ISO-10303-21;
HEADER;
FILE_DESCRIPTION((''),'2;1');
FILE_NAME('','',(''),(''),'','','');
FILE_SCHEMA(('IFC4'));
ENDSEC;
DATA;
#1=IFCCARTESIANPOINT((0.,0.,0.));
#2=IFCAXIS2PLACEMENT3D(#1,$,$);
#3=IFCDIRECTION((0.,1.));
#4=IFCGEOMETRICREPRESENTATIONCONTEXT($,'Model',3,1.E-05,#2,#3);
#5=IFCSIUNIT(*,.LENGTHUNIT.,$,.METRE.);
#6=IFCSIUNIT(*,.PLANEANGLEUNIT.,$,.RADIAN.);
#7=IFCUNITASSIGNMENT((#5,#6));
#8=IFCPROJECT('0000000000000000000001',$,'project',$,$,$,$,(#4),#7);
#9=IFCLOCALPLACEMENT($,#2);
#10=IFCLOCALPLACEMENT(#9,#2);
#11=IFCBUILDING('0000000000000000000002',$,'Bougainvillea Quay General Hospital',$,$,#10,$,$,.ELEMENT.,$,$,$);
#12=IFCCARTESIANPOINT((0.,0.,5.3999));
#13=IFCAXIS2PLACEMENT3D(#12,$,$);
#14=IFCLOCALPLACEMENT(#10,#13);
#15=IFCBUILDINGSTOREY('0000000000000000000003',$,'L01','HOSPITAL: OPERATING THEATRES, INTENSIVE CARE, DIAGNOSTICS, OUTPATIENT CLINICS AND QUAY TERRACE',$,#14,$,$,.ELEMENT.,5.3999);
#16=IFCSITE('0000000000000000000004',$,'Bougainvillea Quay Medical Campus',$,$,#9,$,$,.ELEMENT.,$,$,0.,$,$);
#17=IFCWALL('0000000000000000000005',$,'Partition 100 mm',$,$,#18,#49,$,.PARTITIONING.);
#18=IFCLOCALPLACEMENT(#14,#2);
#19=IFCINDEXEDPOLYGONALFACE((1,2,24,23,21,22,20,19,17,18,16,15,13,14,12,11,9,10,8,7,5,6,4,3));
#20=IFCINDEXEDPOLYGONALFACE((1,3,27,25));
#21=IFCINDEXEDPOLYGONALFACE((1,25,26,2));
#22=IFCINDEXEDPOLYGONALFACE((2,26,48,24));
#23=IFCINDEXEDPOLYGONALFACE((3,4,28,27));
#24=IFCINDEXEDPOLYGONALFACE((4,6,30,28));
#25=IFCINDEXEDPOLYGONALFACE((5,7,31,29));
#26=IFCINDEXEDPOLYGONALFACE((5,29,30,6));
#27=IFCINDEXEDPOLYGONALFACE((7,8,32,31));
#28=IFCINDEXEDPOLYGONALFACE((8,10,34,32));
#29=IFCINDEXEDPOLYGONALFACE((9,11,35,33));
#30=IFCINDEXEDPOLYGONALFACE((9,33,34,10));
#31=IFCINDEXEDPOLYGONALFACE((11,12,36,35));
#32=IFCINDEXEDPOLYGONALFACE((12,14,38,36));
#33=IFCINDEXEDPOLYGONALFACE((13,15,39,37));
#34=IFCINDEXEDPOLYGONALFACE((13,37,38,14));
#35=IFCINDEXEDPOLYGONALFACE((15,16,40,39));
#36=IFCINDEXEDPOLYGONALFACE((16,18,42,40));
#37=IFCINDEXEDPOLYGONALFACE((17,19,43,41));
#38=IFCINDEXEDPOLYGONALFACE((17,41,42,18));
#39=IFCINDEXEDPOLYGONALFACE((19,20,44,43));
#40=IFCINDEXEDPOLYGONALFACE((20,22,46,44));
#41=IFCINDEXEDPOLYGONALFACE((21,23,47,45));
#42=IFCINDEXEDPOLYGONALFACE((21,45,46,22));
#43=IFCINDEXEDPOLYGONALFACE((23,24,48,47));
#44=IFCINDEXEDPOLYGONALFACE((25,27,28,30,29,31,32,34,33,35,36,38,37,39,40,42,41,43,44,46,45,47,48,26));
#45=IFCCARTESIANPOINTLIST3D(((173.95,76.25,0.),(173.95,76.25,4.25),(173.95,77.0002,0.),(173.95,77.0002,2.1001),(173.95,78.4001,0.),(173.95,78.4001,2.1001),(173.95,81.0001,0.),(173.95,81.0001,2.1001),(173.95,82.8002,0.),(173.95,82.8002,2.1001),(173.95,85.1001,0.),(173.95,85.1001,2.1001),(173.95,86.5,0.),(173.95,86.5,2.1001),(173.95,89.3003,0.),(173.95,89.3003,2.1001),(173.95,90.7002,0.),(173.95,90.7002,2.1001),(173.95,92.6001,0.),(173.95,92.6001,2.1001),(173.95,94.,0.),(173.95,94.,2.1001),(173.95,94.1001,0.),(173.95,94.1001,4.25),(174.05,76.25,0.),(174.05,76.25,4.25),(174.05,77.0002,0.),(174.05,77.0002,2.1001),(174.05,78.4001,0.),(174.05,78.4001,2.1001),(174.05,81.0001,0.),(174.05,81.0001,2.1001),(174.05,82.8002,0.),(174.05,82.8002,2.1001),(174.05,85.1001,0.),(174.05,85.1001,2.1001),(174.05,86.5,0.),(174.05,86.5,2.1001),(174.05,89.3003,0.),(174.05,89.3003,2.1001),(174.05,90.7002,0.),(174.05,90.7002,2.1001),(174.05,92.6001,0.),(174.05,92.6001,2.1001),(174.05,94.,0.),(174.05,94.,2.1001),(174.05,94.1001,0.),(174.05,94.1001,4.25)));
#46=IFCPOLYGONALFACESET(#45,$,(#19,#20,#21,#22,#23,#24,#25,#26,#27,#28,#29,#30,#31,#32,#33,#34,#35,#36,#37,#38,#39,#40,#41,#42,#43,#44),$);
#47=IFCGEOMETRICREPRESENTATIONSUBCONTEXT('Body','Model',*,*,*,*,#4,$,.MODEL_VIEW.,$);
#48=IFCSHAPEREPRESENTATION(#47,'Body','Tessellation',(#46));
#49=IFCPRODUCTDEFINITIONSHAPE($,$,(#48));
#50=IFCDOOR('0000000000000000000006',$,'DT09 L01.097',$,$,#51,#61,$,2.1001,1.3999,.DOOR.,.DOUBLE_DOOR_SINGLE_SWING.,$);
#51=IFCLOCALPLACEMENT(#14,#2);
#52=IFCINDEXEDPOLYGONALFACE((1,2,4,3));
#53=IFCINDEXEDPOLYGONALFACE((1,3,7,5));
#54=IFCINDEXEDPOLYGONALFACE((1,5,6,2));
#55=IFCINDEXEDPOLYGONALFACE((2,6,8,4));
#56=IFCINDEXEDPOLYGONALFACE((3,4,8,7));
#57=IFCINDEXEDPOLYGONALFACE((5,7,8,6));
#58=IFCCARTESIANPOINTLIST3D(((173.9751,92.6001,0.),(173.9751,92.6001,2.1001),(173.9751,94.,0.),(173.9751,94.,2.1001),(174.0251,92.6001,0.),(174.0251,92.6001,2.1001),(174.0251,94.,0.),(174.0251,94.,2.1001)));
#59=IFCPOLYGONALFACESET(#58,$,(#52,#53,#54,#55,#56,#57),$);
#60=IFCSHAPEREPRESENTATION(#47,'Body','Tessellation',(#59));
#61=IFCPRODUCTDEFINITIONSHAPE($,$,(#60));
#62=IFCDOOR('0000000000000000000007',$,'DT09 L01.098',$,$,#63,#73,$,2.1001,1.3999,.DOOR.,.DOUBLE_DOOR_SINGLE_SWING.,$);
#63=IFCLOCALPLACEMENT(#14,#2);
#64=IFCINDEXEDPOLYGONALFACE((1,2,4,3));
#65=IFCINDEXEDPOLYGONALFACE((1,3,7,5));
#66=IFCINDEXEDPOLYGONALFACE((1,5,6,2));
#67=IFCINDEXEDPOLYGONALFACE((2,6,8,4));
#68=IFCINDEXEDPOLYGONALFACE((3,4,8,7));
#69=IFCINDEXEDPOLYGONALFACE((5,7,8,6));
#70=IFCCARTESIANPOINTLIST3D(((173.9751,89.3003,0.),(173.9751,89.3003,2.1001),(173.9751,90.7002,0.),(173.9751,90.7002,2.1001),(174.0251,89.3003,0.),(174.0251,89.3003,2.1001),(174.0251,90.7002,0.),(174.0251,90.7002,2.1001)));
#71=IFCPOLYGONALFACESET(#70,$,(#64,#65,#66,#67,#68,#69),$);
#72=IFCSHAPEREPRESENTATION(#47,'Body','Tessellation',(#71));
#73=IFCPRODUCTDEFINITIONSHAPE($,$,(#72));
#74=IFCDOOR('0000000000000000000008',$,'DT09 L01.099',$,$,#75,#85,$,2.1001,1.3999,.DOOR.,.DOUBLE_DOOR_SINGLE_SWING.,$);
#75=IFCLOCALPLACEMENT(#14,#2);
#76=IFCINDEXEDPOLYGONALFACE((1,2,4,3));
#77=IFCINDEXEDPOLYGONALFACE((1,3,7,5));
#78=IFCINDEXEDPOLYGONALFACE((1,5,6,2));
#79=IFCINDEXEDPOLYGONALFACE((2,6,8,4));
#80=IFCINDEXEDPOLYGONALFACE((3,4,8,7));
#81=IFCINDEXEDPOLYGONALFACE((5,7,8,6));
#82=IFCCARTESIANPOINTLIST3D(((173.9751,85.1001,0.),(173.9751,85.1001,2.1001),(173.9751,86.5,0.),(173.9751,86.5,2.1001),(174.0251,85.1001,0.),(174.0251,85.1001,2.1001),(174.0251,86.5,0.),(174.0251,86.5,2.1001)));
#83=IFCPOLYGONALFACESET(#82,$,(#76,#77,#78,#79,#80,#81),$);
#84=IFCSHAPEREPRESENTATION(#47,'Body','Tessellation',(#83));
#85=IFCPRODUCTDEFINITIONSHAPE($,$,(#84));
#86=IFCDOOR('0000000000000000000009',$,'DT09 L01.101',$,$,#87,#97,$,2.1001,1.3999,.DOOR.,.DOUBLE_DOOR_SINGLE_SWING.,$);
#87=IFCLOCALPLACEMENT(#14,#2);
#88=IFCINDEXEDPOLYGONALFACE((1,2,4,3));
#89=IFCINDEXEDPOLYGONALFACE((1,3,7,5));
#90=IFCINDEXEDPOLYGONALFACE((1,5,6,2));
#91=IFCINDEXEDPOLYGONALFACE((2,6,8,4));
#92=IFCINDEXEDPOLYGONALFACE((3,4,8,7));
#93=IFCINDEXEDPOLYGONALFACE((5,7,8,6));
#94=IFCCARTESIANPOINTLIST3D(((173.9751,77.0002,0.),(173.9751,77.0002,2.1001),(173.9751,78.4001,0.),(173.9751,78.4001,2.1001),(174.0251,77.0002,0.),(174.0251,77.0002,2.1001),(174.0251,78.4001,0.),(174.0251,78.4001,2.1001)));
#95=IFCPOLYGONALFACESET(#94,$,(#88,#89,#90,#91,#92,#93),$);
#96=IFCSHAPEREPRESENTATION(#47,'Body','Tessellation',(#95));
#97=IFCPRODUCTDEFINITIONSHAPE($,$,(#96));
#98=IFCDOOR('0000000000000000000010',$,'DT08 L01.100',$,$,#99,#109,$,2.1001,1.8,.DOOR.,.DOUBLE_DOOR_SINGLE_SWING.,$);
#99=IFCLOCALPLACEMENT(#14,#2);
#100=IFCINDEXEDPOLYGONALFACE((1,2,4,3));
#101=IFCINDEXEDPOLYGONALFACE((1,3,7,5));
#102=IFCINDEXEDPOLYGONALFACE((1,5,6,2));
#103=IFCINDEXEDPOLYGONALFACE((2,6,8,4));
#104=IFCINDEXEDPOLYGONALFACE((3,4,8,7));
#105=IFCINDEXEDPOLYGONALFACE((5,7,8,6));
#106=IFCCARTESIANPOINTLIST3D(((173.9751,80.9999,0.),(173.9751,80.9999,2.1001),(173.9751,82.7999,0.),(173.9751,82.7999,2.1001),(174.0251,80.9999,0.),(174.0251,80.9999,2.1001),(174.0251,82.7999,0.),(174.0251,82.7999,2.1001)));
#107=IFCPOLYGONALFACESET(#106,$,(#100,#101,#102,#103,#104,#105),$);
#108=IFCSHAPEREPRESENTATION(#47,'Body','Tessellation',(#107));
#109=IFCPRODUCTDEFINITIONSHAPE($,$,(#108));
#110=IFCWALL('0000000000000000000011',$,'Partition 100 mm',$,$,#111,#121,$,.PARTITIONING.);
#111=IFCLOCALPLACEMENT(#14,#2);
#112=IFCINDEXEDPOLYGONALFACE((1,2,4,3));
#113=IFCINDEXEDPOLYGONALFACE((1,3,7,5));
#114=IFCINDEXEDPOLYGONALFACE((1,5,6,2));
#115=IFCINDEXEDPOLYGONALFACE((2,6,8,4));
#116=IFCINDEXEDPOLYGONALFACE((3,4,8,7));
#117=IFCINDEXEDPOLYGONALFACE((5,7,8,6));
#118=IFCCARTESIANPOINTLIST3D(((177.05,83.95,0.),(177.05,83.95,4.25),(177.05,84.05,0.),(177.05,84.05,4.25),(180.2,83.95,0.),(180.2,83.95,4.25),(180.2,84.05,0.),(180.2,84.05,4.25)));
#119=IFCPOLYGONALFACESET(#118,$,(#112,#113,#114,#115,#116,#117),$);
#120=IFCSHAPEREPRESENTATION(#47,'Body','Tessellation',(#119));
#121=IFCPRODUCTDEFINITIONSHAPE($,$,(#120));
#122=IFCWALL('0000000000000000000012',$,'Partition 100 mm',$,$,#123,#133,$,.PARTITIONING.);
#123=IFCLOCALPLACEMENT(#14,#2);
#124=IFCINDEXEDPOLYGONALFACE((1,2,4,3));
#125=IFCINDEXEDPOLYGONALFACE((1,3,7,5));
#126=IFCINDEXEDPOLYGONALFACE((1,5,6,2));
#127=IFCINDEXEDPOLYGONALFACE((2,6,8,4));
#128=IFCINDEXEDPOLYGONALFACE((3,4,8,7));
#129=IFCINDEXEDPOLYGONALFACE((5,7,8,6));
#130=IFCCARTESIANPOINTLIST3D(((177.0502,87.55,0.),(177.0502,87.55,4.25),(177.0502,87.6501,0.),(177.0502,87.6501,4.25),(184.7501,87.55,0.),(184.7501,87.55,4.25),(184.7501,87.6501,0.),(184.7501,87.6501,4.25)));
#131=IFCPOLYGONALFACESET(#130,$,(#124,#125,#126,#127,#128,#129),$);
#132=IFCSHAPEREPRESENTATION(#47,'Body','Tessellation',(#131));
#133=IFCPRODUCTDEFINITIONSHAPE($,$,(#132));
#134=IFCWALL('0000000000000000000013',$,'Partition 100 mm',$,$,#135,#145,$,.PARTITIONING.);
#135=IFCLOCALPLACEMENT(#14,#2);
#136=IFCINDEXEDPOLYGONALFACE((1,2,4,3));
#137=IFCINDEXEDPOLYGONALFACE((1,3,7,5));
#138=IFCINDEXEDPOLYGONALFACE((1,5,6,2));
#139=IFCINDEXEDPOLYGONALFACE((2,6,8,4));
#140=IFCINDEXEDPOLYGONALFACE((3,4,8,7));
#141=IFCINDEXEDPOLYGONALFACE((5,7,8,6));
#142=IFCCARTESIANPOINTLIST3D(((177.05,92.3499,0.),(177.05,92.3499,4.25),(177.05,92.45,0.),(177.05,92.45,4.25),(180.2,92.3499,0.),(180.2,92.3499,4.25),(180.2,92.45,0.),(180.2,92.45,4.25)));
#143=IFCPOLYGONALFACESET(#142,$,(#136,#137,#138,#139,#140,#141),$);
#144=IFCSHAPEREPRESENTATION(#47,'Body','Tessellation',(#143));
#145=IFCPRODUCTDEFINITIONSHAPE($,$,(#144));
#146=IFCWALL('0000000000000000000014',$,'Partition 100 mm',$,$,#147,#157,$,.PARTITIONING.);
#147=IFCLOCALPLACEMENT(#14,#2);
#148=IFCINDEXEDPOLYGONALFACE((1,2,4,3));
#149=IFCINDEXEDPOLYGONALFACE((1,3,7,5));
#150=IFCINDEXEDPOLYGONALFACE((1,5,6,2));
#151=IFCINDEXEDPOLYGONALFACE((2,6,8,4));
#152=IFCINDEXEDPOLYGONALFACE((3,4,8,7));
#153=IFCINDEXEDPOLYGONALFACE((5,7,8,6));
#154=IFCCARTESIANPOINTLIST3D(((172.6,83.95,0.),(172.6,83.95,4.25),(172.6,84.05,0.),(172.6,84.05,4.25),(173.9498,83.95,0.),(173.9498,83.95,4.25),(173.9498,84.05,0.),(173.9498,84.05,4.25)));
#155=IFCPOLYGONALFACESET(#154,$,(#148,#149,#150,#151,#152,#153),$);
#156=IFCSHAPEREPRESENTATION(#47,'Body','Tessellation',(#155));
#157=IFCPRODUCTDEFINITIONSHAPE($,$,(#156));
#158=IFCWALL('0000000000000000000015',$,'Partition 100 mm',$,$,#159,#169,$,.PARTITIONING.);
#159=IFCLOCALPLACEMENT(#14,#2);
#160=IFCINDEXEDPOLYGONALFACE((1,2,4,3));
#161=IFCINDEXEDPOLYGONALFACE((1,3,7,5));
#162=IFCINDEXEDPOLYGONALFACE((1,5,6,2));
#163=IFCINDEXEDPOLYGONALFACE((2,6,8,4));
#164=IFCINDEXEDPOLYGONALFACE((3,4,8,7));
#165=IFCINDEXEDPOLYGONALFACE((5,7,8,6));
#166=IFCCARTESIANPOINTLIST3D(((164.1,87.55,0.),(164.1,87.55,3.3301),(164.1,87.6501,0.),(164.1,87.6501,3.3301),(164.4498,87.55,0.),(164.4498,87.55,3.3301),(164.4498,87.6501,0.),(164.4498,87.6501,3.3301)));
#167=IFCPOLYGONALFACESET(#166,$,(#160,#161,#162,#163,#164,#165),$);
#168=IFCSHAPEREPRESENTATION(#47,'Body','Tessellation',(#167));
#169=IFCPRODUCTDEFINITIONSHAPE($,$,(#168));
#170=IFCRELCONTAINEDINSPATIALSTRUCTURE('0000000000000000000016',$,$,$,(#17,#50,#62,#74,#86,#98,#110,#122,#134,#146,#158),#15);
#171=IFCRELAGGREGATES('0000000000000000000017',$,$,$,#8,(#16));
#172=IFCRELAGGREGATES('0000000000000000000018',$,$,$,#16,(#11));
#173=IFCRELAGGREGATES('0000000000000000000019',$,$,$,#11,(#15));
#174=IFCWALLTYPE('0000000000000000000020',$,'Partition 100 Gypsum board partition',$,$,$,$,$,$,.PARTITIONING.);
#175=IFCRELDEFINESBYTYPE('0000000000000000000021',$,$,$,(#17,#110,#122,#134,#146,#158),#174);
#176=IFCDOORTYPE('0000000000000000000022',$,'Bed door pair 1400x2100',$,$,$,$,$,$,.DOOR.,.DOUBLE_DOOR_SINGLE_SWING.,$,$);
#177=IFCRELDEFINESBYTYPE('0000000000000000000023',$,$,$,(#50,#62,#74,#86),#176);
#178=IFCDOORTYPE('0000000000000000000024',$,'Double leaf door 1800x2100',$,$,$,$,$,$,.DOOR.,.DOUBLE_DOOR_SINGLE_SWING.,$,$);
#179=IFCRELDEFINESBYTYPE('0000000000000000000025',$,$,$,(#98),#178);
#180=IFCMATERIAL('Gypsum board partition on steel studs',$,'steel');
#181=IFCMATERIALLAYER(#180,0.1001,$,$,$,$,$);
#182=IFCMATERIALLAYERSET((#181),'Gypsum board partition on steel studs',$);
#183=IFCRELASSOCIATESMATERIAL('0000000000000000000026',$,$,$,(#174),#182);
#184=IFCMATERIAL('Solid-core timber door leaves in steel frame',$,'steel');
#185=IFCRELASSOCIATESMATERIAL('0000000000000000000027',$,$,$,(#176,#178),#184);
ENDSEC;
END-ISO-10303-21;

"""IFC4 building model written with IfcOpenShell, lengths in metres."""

from ifc_helpers import new_model, si_unit, direction, frame, frame_2d, origin, place, context, subcontext, project, spatial, rectangle, extrude, material, layer, layer_set, type_object, element, fill, save


model = new_model("IFC4")

# Units and contexts
model_context = context("Model", 3, precision=1e-05, world=origin(), true_north=direction((0.0, 1.0)))
body_context = subcontext(model_context, "Body", "Model", "MODEL_VIEW")
ifc_project = project(units=[si_unit("LENGTHUNIT", "METRE"), si_unit("PLANEANGLEUNIT", "RADIAN")], contexts=[model_context])

# Site, building, storey
site_placement = place(None, origin())
site = spatial("IfcSite", under=ifc_project, at=site_placement, Name="Bougainvillea Quay Medical Campus", CompositionType="ELEMENT", RefElevation=0.0)
building_placement = place(site_placement, origin())
building = spatial("IfcBuilding", under=site, at=building_placement, Name="Bougainvillea Quay General Hospital", CompositionType="ELEMENT")
storey_placement = place(building_placement, frame((0.0, 0.0, 5.3999)))
storey = spatial("IfcBuildingStorey", under=building, at=storey_placement, Name="L01", Description="HOSPITAL: OPERATING THEATRES, INTENSIVE CARE, DIAGNOSTICS, OUTPATIENT CLINICS AND QUAY TERRACE", CompositionType="ELEMENT", Elevation=5.3999)

# Wall, openings, doors
ifc_material_1 = material(Name="Gypsum board partition on steel studs", Category="steel")
ifc_layer_1 = layer(ifc_material_1, 0.1001)
ifc_layer_set_1 = layer_set([ifc_layer_1], Name="Gypsum board partition on steel studs")
wall_type_1 = type_object("IfcWallType", Name="Partition 100 Gypsum board partition", PredefinedType="PARTITIONING", material=ifc_layer_set_1)
wall_1_placement = place(storey_placement, frame((174.0, 94.1001, 0.0), z_axis=(0.0, 0.0, 1.0), x_axis=(0.0, -1.0, 0.0)))
wall_1 = element("IfcWall", 1, at=wall_1_placement, inside=storey, type_object=wall_type_1, Name="Partition 100 mm", PredefinedType="PARTITIONING", context=body_context, shape_type="SweptSolid", body=[
    extrude(rectangle(XDim=17.8501, YDim=0.1001, at=frame_2d((8.925, 0.0))), origin(), (0.0, 0.0, 1.0), 4.25),
])
opening_1_placement = place(wall_1_placement, frame((0.1001, 0.0, 0.0)))
opening_1 = element("IfcOpeningElement", 2, at=opening_1_placement, cuts=wall_1, PredefinedType="OPENING", context=body_context, shape_type="SweptSolid", body=[
    extrude(rectangle(XDim=1.3999, YDim=2.1001, at=frame_2d((0.7, 1.05))), frame((0.0, 0.0601, 0.0), z_axis=(0.0, -1.0, 0.0), x_axis=(1.0, 0.0, 0.0)), (0.0, 0.0, 1.0), 0.1201),
])
opening_2_placement = place(wall_1_placement, frame((3.3999, 0.0, 0.0)))
opening_2 = element("IfcOpeningElement", 3, at=opening_2_placement, cuts=wall_1, PredefinedType="OPENING", context=body_context, shape_type="SweptSolid", body=[
    extrude(rectangle(XDim=1.3999, YDim=2.1001, at=frame_2d((0.7, 1.05))), frame((0.0, 0.0601, 0.0), z_axis=(0.0, -1.0, 0.0), x_axis=(1.0, 0.0, 0.0)), (0.0, 0.0, 1.0), 0.1201),
])
opening_3_placement = place(wall_1_placement, frame((7.6001, 0.0, 0.0)))
opening_3 = element("IfcOpeningElement", 4, at=opening_3_placement, cuts=wall_1, PredefinedType="OPENING", context=body_context, shape_type="SweptSolid", body=[
    extrude(rectangle(XDim=1.3999, YDim=2.1001, at=frame_2d((0.7, 1.05))), frame((0.0, 0.0601, 0.0), z_axis=(0.0, -1.0, 0.0), x_axis=(1.0, 0.0, 0.0)), (0.0, 0.0, 1.0), 0.1201),
])
opening_4_placement = place(wall_1_placement, frame((11.3, 0.0, 0.0)))
opening_4 = element("IfcOpeningElement", 5, at=opening_4_placement, cuts=wall_1, PredefinedType="OPENING", context=body_context, shape_type="SweptSolid", body=[
    extrude(rectangle(XDim=1.8, YDim=2.1001, at=frame_2d((0.8999, 1.05))), frame((0.0, 0.0601, 0.0), z_axis=(0.0, -1.0, 0.0), x_axis=(1.0, 0.0, 0.0)), (0.0, 0.0, 1.0), 0.1201),
])
opening_5_placement = place(wall_1_placement, frame((15.7, 0.0, 0.0)))
opening_5 = element("IfcOpeningElement", 6, at=opening_5_placement, cuts=wall_1, PredefinedType="OPENING", context=body_context, shape_type="SweptSolid", body=[
    extrude(rectangle(XDim=1.3999, YDim=2.1001, at=frame_2d((0.7, 1.05))), frame((0.0, 0.0601, 0.0), z_axis=(0.0, -1.0, 0.0), x_axis=(1.0, 0.0, 0.0)), (0.0, 0.0, 1.0), 0.1201),
])
ifc_material_2 = material(Name="Solid-core timber door leaves in steel frame", Category="steel")
door_type_1 = type_object("IfcDoorType", Name="Bed door pair 1400x2100", OperationType="DOUBLE_DOOR_SINGLE_SWING", PredefinedType="DOOR", material=ifc_material_2)
door_1_placement = place(opening_1_placement, frame((1.3999, 0.0, 0.0), z_axis=(0.0, 0.0, 1.0), x_axis=(-1.0, 0.0, 0.0)))
door_1 = element("IfcDoor", 7, at=door_1_placement, inside=storey, type_object=door_type_1, Name="DT09 L01.097", OperationType="DOUBLE_DOOR_SINGLE_SWING", OverallHeight=2.1001, OverallWidth=1.3999, PredefinedType="DOOR", context=body_context, shape_type="SweptSolid", body=[
    extrude(rectangle(XDim=1.3999, YDim=2.1001, at=frame_2d((0.7, 1.05))), frame((0.0, 0.0249, 0.0), z_axis=(0.0, -1.0, 0.0), x_axis=(1.0, 0.0, 0.0)), (0.0, 0.0, 1.0), 0.05),
])
fill(opening_1, door_1)
door_2_placement = place(opening_2_placement, frame((1.3999, 0.0, 0.0), z_axis=(0.0, 0.0, 1.0), x_axis=(-1.0, 0.0, 0.0)))
door_2 = element("IfcDoor", 8, at=door_2_placement, inside=storey, type_object=door_type_1, Name="DT09 L01.098", OperationType="DOUBLE_DOOR_SINGLE_SWING", OverallHeight=2.1001, OverallWidth=1.3999, PredefinedType="DOOR", context=body_context, shape_type="SweptSolid", body=[
    extrude(rectangle(XDim=1.3999, YDim=2.1001, at=frame_2d((0.7, 1.05))), frame((0.0, 0.0249, 0.0), z_axis=(0.0, -1.0, 0.0), x_axis=(1.0, 0.0, 0.0)), (0.0, 0.0, 1.0), 0.05),
])
fill(opening_2, door_2)
door_3_placement = place(opening_3_placement, frame((1.3999, 0.0, 0.0), z_axis=(0.0, 0.0, 1.0), x_axis=(-1.0, 0.0, 0.0)))
door_3 = element("IfcDoor", 9, at=door_3_placement, inside=storey, type_object=door_type_1, Name="DT09 L01.099", OperationType="DOUBLE_DOOR_SINGLE_SWING", OverallHeight=2.1001, OverallWidth=1.3999, PredefinedType="DOOR", context=body_context, shape_type="SweptSolid", body=[
    extrude(rectangle(XDim=1.3999, YDim=2.1001, at=frame_2d((0.7, 1.05))), frame((0.0, 0.0249, 0.0), z_axis=(0.0, -1.0, 0.0), x_axis=(1.0, 0.0, 0.0)), (0.0, 0.0, 1.0), 0.05),
])
fill(opening_3, door_3)
door_4_placement = place(opening_5_placement, frame((1.3999, 0.0, 0.0), z_axis=(0.0, 0.0, 1.0), x_axis=(-1.0, 0.0, 0.0)))
door_4 = element("IfcDoor", 10, at=door_4_placement, inside=storey, type_object=door_type_1, Name="DT09 L01.101", OperationType="DOUBLE_DOOR_SINGLE_SWING", OverallHeight=2.1001, OverallWidth=1.3999, PredefinedType="DOOR", context=body_context, shape_type="SweptSolid", body=[
    extrude(rectangle(XDim=1.3999, YDim=2.1001, at=frame_2d((0.7, 1.05))), frame((0.0, 0.0249, 0.0), z_axis=(0.0, -1.0, 0.0), x_axis=(1.0, 0.0, 0.0)), (0.0, 0.0, 1.0), 0.05),
])
fill(opening_5, door_4)
door_type_2 = type_object("IfcDoorType", Name="Double leaf door 1800x2100", OperationType="DOUBLE_DOOR_SINGLE_SWING", PredefinedType="DOOR", material=ifc_material_2)
door_5_placement = place(opening_4_placement, frame((1.8, 0.0, 0.0), z_axis=(0.0, 0.0, 1.0), x_axis=(-1.0, 0.0, 0.0)))
door_5 = element("IfcDoor", 11, at=door_5_placement, inside=storey, type_object=door_type_2, Name="DT08 L01.100", OperationType="DOUBLE_DOOR_SINGLE_SWING", OverallHeight=2.1001, OverallWidth=1.8, PredefinedType="DOOR", context=body_context, shape_type="SweptSolid", body=[
    extrude(rectangle(XDim=1.8, YDim=2.1001, at=frame_2d((0.8999, 1.05))), frame((0.0, 0.0249, 0.0), z_axis=(0.0, -1.0, 0.0), x_axis=(1.0, 0.0, 0.0)), (0.0, 0.0, 1.0), 0.05),
])
fill(opening_4, door_5)

# Walls
wall_2_placement = place(storey_placement, frame((177.05, 84.0, 0.0), z_axis=(0.0, 0.0, 1.0), x_axis=(1.0, 0.0, 0.0)))
element("IfcWall", 12, at=wall_2_placement, inside=storey, type_object=wall_type_1, Name="Partition 100 mm", PredefinedType="PARTITIONING", context=body_context, shape_type="SweptSolid", body=[
    extrude(rectangle(XDim=3.1499, YDim=0.1001, at=frame_2d((1.575, 0.0))), origin(), (0.0, 0.0, 1.0), 4.25),
])
wall_3_placement = place(storey_placement, frame((177.05, 87.6001, 0.0), z_axis=(0.0, 0.0, 1.0), x_axis=(1.0, 0.0, 0.0)))
element("IfcWall", 13, at=wall_3_placement, inside=storey, type_object=wall_type_1, Name="Partition 100 mm", PredefinedType="PARTITIONING", context=body_context, shape_type="SweptSolid", body=[
    extrude(rectangle(XDim=7.7, YDim=0.1001, at=frame_2d((3.8501, 0.0))), origin(), (0.0, 0.0, 1.0), 4.25),
])
wall_4_placement = place(storey_placement, frame((177.05, 92.3999, 0.0), z_axis=(0.0, 0.0, 1.0), x_axis=(1.0, 0.0, 0.0)))
element("IfcWall", 14, at=wall_4_placement, inside=storey, type_object=wall_type_1, Name="Partition 100 mm", PredefinedType="PARTITIONING", context=body_context, shape_type="SweptSolid", body=[
    extrude(rectangle(XDim=3.1499, YDim=0.1001, at=frame_2d((1.575, 0.0))), origin(), (0.0, 0.0, 1.0), 4.25),
])
wall_5_placement = place(storey_placement, frame((172.6001, 84.0, 0.0), z_axis=(0.0, 0.0, 1.0), x_axis=(1.0, 0.0, 0.0)))
element("IfcWall", 15, at=wall_5_placement, inside=storey, type_object=wall_type_1, Name="Partition 100 mm", PredefinedType="PARTITIONING", context=body_context, shape_type="SweptSolid", body=[
    extrude(rectangle(XDim=1.3499, YDim=0.1001, at=frame_2d((0.6748, 0.0))), origin(), (0.0, 0.0, 1.0), 4.25),
])
wall_6_placement = place(storey_placement, frame((164.1001, 87.6001, 0.0), z_axis=(0.0, 0.0, 1.0), x_axis=(1.0, 0.0, 0.0)))
element("IfcWall", 16, at=wall_6_placement, inside=storey, type_object=wall_type_1, Name="Partition 100 mm", PredefinedType="PARTITIONING", context=body_context, shape_type="SweptSolid", body=[
    extrude(rectangle(XDim=0.3499, YDim=0.1001, at=frame_2d((0.1748, 0.0))), origin(), (0.0, 0.0, 1.0), 3.3301),
])

save(model, "model.ifc")
